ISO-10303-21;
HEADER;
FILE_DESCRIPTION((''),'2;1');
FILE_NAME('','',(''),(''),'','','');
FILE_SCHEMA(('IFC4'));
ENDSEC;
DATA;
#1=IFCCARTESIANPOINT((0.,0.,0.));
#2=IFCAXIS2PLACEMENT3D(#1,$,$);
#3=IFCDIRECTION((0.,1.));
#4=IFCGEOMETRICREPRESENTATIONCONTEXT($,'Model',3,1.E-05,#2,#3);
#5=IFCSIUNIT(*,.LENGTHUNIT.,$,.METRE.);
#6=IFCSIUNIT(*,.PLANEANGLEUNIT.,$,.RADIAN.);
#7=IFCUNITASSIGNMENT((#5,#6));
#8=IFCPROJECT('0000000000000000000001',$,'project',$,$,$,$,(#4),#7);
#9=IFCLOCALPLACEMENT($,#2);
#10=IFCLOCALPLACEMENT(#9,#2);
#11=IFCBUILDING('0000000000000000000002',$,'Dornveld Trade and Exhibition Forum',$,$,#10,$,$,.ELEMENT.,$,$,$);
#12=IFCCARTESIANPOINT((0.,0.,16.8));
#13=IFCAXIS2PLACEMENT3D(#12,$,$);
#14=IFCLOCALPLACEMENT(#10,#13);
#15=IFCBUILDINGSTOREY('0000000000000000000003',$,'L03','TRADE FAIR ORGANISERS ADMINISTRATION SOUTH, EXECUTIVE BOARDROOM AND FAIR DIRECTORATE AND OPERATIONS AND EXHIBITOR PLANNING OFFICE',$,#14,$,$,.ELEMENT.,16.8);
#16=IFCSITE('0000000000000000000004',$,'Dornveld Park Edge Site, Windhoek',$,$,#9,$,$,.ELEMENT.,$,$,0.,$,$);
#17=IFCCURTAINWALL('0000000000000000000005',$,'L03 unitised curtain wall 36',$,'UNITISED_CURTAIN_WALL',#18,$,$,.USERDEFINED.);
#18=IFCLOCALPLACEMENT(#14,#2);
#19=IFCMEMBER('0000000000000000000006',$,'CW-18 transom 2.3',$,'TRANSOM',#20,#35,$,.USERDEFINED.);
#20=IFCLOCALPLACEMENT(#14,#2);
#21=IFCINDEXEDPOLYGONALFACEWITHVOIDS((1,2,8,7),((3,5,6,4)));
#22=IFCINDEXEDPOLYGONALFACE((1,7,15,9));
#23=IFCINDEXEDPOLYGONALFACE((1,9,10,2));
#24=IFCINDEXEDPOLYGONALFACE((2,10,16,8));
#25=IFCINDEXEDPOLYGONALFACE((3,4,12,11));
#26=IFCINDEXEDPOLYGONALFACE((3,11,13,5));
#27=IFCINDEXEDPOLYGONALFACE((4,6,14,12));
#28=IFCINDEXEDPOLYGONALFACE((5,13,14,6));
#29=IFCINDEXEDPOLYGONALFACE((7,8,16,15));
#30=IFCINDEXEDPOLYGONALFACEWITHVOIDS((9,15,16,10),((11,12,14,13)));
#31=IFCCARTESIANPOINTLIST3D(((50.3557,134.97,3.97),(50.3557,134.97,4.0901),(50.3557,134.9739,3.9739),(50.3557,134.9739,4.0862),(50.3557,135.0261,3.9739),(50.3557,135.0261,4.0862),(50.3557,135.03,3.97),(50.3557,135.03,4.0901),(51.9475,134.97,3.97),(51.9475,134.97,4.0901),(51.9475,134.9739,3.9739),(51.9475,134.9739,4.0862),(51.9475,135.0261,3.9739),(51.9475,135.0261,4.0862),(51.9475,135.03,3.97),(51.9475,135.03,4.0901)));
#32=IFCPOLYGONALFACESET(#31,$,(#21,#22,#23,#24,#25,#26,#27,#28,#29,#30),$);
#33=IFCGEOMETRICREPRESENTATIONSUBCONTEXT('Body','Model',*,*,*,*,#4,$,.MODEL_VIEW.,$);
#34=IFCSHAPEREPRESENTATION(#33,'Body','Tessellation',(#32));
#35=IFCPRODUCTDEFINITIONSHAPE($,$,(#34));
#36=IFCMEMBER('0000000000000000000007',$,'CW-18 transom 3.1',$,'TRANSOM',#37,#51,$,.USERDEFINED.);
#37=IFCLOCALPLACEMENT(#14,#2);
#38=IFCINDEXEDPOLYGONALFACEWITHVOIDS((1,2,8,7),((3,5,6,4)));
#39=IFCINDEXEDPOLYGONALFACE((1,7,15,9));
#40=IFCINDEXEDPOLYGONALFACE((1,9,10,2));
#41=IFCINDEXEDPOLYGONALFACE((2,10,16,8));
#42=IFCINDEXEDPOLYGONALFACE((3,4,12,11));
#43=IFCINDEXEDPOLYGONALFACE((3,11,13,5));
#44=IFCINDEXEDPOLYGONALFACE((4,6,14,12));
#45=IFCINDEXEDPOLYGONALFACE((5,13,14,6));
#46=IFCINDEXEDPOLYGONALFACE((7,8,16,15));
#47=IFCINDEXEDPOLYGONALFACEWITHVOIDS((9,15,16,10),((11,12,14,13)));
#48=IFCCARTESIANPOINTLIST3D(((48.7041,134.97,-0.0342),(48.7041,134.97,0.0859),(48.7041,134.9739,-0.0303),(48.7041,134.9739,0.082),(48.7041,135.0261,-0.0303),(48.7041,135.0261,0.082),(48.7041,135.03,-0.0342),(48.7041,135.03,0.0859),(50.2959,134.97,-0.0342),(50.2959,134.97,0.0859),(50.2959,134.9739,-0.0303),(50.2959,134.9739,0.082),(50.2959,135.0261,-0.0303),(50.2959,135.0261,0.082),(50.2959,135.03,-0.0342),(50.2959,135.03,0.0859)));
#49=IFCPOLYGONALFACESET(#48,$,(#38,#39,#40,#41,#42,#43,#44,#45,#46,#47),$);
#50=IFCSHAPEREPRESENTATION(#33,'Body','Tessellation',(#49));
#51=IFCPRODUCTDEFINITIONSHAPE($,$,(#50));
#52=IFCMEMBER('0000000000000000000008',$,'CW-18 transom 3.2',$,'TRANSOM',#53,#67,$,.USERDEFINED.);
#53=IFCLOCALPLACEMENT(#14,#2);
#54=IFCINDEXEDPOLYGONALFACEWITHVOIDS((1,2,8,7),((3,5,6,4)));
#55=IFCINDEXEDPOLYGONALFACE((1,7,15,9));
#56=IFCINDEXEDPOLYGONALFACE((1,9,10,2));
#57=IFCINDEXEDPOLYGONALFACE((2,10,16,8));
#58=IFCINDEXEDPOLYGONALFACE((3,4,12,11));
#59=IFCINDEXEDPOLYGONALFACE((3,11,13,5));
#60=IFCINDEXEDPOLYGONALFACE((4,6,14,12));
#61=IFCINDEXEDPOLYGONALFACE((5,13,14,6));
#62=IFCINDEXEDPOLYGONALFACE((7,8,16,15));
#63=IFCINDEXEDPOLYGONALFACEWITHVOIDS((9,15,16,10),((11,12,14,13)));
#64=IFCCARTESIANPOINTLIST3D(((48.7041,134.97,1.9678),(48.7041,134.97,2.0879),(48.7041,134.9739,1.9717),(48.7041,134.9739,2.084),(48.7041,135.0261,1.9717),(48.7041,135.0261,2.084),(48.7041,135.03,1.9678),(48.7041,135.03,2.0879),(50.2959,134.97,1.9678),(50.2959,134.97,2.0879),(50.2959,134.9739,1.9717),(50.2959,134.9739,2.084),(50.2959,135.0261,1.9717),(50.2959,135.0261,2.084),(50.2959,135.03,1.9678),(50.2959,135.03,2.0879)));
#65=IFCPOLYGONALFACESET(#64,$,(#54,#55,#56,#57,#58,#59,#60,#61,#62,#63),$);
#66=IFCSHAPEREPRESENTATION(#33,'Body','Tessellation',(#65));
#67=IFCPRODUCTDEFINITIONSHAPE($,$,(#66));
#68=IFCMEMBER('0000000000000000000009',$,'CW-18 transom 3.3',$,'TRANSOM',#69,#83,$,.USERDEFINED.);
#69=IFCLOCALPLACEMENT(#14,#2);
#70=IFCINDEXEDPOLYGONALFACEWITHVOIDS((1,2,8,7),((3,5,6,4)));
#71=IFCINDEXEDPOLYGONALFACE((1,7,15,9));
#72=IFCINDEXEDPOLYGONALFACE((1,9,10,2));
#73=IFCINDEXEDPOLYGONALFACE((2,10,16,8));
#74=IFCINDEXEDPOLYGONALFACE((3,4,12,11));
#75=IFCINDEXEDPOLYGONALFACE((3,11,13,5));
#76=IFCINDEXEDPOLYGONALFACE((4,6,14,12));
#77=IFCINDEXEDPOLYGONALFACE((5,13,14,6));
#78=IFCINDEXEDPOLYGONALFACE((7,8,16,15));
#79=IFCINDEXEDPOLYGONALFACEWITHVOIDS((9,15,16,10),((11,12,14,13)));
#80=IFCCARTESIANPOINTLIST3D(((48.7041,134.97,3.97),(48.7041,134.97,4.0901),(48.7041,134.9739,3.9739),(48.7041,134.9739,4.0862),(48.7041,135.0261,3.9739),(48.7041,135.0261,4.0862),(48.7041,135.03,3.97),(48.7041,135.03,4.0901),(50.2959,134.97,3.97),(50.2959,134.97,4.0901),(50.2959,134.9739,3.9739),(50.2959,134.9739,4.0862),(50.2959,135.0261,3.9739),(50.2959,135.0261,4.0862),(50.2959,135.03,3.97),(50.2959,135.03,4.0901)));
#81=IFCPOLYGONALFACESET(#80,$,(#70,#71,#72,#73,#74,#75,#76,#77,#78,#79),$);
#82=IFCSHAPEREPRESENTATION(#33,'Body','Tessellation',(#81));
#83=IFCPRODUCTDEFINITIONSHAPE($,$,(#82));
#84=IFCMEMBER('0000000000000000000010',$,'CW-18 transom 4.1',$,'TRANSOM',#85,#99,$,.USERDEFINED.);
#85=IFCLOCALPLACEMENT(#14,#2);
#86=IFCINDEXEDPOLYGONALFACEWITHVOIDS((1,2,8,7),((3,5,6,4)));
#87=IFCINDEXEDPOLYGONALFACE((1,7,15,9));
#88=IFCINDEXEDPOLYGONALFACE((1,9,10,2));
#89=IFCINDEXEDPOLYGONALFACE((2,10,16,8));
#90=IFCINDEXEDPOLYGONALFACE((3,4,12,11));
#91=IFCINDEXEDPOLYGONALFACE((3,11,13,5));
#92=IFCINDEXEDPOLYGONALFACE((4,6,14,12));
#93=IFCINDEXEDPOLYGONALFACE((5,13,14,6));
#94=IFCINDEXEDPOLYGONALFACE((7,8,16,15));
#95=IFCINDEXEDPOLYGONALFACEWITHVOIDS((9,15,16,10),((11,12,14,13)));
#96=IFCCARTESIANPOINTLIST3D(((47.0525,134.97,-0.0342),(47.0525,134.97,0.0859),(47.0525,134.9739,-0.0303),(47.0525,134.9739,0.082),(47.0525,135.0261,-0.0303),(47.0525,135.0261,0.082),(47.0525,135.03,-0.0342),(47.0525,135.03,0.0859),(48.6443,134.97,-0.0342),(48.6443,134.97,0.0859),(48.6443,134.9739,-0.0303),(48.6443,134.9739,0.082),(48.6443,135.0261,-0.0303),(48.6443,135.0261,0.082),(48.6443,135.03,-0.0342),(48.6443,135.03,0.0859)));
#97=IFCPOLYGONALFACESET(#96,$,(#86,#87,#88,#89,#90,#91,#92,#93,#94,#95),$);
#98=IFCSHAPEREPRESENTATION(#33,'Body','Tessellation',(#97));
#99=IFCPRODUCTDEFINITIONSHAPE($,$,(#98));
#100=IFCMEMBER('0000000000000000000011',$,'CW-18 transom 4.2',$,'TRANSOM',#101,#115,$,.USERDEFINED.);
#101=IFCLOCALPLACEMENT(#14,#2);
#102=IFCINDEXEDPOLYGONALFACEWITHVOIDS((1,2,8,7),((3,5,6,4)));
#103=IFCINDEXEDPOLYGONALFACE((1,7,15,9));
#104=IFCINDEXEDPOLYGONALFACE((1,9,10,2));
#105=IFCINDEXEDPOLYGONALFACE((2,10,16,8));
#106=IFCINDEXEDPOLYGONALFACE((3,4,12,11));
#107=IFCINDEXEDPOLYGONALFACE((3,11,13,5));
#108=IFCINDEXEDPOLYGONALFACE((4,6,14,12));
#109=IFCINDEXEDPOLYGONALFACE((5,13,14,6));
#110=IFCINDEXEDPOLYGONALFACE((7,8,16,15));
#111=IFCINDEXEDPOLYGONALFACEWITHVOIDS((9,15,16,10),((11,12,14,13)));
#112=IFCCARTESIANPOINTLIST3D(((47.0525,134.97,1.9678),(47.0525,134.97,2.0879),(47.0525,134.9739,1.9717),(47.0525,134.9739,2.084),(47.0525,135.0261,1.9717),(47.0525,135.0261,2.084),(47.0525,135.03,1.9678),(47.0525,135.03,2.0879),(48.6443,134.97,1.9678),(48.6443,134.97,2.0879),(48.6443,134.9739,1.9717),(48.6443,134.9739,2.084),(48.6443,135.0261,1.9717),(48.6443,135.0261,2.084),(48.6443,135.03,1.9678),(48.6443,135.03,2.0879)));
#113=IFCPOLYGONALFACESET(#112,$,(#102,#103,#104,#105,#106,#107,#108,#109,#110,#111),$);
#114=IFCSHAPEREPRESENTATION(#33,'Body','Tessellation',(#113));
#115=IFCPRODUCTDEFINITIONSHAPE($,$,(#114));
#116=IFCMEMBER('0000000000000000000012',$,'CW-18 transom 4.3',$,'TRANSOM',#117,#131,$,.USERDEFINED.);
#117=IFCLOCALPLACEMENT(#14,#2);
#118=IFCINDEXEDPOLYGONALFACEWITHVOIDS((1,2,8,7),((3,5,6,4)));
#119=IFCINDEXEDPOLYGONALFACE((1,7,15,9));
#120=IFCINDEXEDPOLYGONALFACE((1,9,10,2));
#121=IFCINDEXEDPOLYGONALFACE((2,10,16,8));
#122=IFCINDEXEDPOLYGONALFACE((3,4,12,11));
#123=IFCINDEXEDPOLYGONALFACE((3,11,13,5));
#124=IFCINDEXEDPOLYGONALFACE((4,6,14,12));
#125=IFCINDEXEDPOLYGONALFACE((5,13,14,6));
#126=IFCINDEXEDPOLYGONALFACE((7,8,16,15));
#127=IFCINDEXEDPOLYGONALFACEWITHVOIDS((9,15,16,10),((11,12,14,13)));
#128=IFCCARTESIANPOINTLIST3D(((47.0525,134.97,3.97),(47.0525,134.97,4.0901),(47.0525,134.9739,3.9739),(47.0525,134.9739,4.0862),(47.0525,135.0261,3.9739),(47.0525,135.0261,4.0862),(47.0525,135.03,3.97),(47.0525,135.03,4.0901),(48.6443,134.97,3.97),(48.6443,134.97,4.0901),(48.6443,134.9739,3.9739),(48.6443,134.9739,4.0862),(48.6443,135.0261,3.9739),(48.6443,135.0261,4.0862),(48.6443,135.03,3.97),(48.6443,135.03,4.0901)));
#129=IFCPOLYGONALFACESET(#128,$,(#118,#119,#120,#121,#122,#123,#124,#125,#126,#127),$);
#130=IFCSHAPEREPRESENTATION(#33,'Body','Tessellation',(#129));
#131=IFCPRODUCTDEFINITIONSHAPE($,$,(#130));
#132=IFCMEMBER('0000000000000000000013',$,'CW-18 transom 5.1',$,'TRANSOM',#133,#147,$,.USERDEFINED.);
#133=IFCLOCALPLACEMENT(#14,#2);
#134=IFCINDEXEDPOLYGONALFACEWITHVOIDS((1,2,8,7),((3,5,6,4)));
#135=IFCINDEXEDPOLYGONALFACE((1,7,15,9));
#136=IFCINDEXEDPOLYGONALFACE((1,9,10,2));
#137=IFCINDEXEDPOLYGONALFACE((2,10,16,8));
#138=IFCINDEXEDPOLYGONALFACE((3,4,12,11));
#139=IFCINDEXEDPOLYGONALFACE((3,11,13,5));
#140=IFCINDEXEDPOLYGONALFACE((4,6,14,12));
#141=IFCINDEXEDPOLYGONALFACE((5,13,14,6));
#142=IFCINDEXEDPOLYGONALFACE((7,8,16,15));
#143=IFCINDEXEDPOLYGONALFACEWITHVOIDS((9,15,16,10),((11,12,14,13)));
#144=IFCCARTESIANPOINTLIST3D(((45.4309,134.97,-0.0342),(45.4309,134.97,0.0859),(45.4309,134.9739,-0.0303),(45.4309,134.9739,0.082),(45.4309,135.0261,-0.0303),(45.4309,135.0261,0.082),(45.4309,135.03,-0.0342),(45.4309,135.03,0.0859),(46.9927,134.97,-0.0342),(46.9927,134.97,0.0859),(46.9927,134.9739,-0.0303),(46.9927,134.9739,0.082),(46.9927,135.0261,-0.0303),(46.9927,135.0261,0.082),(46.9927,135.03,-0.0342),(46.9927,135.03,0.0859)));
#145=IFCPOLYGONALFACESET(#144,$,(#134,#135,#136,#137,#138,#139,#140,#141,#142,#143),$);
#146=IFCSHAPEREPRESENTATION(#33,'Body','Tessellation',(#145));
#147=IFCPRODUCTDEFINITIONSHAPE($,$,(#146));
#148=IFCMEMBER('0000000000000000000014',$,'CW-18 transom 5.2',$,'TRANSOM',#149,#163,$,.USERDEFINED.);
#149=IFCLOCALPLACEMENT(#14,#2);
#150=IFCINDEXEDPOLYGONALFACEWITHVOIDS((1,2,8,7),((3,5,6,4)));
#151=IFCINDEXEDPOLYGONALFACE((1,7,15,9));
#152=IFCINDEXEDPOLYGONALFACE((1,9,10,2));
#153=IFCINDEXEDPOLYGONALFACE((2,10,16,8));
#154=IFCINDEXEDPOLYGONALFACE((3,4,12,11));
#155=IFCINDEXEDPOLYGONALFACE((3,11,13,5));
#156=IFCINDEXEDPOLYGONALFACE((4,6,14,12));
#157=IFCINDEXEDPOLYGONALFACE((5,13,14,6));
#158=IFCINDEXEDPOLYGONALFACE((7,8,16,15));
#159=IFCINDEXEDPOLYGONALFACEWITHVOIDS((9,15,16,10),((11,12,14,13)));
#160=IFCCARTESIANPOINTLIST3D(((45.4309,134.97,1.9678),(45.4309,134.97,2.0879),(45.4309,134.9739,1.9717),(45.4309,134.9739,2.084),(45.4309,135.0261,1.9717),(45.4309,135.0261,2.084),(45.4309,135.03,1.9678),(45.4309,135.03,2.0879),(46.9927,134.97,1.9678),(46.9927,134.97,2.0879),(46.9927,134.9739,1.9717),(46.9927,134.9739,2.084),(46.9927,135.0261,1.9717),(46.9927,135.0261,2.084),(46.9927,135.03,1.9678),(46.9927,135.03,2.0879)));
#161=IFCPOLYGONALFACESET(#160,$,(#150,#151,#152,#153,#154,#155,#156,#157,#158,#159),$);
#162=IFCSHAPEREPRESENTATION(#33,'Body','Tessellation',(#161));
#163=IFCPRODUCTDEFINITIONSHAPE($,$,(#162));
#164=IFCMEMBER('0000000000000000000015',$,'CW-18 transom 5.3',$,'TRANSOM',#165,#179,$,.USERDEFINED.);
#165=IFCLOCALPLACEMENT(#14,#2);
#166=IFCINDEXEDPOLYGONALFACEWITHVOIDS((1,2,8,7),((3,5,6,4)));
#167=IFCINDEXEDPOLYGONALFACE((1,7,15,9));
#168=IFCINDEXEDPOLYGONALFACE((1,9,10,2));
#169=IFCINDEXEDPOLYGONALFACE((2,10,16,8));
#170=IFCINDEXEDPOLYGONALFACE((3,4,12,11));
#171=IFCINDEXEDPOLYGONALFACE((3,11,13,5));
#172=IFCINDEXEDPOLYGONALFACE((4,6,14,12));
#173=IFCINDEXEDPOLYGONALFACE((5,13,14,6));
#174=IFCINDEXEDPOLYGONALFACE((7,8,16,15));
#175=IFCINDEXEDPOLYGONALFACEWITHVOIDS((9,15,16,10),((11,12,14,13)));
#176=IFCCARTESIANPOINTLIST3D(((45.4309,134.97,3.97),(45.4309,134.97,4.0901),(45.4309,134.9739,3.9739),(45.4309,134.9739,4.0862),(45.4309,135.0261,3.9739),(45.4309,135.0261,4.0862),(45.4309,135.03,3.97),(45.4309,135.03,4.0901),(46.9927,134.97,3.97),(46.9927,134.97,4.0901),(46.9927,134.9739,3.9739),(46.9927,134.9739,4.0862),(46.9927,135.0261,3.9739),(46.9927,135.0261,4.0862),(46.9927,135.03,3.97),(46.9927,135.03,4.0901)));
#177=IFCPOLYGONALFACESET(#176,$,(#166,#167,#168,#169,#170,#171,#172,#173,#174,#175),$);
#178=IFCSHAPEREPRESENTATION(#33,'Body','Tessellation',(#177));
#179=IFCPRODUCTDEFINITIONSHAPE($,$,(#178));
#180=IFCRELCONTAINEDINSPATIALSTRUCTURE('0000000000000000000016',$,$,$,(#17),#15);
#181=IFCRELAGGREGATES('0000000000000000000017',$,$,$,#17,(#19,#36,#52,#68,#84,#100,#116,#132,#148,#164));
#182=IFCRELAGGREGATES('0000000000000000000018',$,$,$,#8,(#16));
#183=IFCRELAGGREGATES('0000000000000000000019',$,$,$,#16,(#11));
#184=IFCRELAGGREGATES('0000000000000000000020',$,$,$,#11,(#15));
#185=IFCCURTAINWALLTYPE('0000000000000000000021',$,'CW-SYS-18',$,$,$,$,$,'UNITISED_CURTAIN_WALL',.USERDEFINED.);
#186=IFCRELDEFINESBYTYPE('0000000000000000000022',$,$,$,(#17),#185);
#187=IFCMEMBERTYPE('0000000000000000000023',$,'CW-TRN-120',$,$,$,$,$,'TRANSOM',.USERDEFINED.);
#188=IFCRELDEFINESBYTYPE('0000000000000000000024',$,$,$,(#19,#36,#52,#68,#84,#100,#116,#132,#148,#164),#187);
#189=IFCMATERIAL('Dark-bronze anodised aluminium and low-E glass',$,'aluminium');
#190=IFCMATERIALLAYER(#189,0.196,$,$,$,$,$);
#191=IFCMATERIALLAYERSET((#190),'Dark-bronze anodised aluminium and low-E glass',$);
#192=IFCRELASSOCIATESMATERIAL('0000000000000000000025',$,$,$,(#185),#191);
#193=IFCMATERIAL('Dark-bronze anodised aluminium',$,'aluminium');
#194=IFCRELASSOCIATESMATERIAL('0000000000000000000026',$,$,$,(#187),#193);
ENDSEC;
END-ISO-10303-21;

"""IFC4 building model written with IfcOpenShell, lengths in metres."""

from ifc_helpers import new_model, si_unit, direction, frame, origin, origin_2d, place, context, subcontext, project, spatial, hollow_rectangle, extrude, material, layer, layer_set, material_profile, profile_set, type_object, element, aggregate, save


model = new_model("IFC4")

# Units and contexts
model_context = context("Model", 3, precision=1e-05, world=origin(), true_north=direction((0.0, 1.0)))
body_context = subcontext(model_context, "Body", "Model", "MODEL_VIEW")
ifc_project = project(units=[si_unit("LENGTHUNIT", "METRE"), si_unit("PLANEANGLEUNIT", "RADIAN")], contexts=[model_context])

# Site, building, storey
site_placement = place(None, origin())
site = spatial("IfcSite", under=ifc_project, at=site_placement, Name="Dornveld Park Edge Site, Windhoek", CompositionType="ELEMENT", RefElevation=0.0)
building_placement = place(site_placement, origin())
building = spatial("IfcBuilding", under=site, at=building_placement, Name="Dornveld Trade and Exhibition Forum", CompositionType="ELEMENT")
storey_placement = place(building_placement, frame((0.0, 0.0, 16.8)))
storey = spatial("IfcBuildingStorey", under=building, at=storey_placement, Name="L03", Description="TRADE FAIR ORGANISERS ADMINISTRATION SOUTH, EXECUTIVE BOARDROOM AND FAIR DIRECTORATE AND OPERATIONS AND EXHIBITOR PLANNING OFFICE", CompositionType="ELEMENT", Elevation=16.8)

# Curtain wall
ifc_material_1 = material(Name="Dark-bronze anodised aluminium and low-E glass", Category="aluminium")
ifc_layer_1 = layer(ifc_material_1, 0.196)
ifc_layer_set_1 = layer_set([ifc_layer_1], Name="Dark-bronze anodised aluminium and low-E glass")
curtain_wall_type_1 = type_object("IfcCurtainWallType", Name="CW-SYS-18", ElementType="UNITISED_CURTAIN_WALL", PredefinedType="USERDEFINED", material=ifc_layer_set_1)
curtain_wall_1_placement = place(storey_placement, origin())
curtain_wall_1 = element("IfcCurtainWall", 1, at=curtain_wall_1_placement, inside=storey, type_object=curtain_wall_type_1, Name="L03 unitised curtain wall 36", ObjectType="UNITISED_CURTAIN_WALL", PredefinedType="USERDEFINED")

# Members
ifc_material_2 = material(Name="Dark-bronze anodised aluminium", Category="aluminium")
ifc_material_profile_1 = material_profile(ifc_material_2, hollow_rectangle(XDim=0.0601, YDim=0.1201, WallThickness=0.0039, at=origin_2d()), Name="RHS 120x60x4")
ifc_profile_set_1 = profile_set([ifc_material_profile_1], Name="Dark-bronze anodised aluminium")
member_type_1 = type_object("IfcMemberType", Name="CW-TRN-120", ElementType="TRANSOM", PredefinedType="USERDEFINED", material=ifc_profile_set_1)
member_1_placement = place(storey_placement, frame((51.9475, 135.0, 4.03), z_axis=(-1.0, 0.0, 0.0), x_axis=(0.0, -1.0, 0.0)))
member_1 = element("IfcMember", 2, at=member_1_placement, type_object=member_type_1, Name="CW-18 transom 2.3", ObjectType="TRANSOM", PredefinedType="USERDEFINED", context=body_context, shape_type="SweptSolid", body=[
    extrude(hollow_rectangle(XDim=0.0601, YDim=0.1201, WallThickness=0.0039, at=origin_2d()), origin(), (0.0, 0.0, 1.0), 1.5918),
])
member_2_placement = place(storey_placement, frame((50.2959, 135.0, 0.0259), z_axis=(-1.0, 0.0, 0.0), x_axis=(0.0, -1.0, 0.0)))
member_2 = element("IfcMember", 3, at=member_2_placement, type_object=member_type_1, Name="CW-18 transom 3.1", ObjectType="TRANSOM", PredefinedType="USERDEFINED", context=body_context, shape_type="SweptSolid", body=[
    extrude(hollow_rectangle(XDim=0.0601, YDim=0.1201, WallThickness=0.0039, at=origin_2d()), origin(), (0.0, 0.0, 1.0), 1.5918),
])
member_3_placement = place(storey_placement, frame((50.2959, 135.0, 2.0278), z_axis=(-1.0, 0.0, 0.0), x_axis=(0.0, -1.0, 0.0)))
member_3 = element("IfcMember", 4, at=member_3_placement, type_object=member_type_1, Name="CW-18 transom 3.2", ObjectType="TRANSOM", PredefinedType="USERDEFINED", context=body_context, shape_type="SweptSolid", body=[
    extrude(hollow_rectangle(XDim=0.0601, YDim=0.1201, WallThickness=0.0039, at=origin_2d()), origin(), (0.0, 0.0, 1.0), 1.5918),
])
member_4_placement = place(storey_placement, frame((50.2959, 135.0, 4.03), z_axis=(-1.0, 0.0, 0.0), x_axis=(0.0, -1.0, 0.0)))
member_4 = element("IfcMember", 5, at=member_4_placement, type_object=member_type_1, Name="CW-18 transom 3.3", ObjectType="TRANSOM", PredefinedType="USERDEFINED", context=body_context, shape_type="SweptSolid", body=[
    extrude(hollow_rectangle(XDim=0.0601, YDim=0.1201, WallThickness=0.0039, at=origin_2d()), origin(), (0.0, 0.0, 1.0), 1.5918),
])
member_5_placement = place(storey_placement, frame((48.6443, 135.0, 0.0259), z_axis=(-1.0, 0.0, 0.0), x_axis=(0.0, -1.0, 0.0)))
member_5 = element("IfcMember", 6, at=member_5_placement, type_object=member_type_1, Name="CW-18 transom 4.1", ObjectType="TRANSOM", PredefinedType="USERDEFINED", context=body_context, shape_type="SweptSolid", body=[
    extrude(hollow_rectangle(XDim=0.0601, YDim=0.1201, WallThickness=0.0039, at=origin_2d()), origin(), (0.0, 0.0, 1.0), 1.5918),
])
member_6_placement = place(storey_placement, frame((48.6443, 135.0, 2.0278), z_axis=(-1.0, 0.0, 0.0), x_axis=(0.0, -1.0, 0.0)))
member_6 = element("IfcMember", 7, at=member_6_placement, type_object=member_type_1, Name="CW-18 transom 4.2", ObjectType="TRANSOM", PredefinedType="USERDEFINED", context=body_context, shape_type="SweptSolid", body=[
    extrude(hollow_rectangle(XDim=0.0601, YDim=0.1201, WallThickness=0.0039, at=origin_2d()), origin(), (0.0, 0.0, 1.0), 1.5918),
])
member_7_placement = place(storey_placement, frame((48.6443, 135.0, 4.03), z_axis=(-1.0, 0.0, 0.0), x_axis=(0.0, -1.0, 0.0)))
member_7 = element("IfcMember", 8, at=member_7_placement, type_object=member_type_1, Name="CW-18 transom 4.3", ObjectType="TRANSOM", PredefinedType="USERDEFINED", context=body_context, shape_type="SweptSolid", body=[
    extrude(hollow_rectangle(XDim=0.0601, YDim=0.1201, WallThickness=0.0039, at=origin_2d()), origin(), (0.0, 0.0, 1.0), 1.5918),
])
member_8_placement = place(storey_placement, frame((46.9927, 135.0, 0.0259), z_axis=(-1.0, 0.0, 0.0), x_axis=(0.0, -1.0, 0.0)))
member_8 = element("IfcMember", 9, at=member_8_placement, type_object=member_type_1, Name="CW-18 transom 5.1", ObjectType="TRANSOM", PredefinedType="USERDEFINED", context=body_context, shape_type="SweptSolid", body=[
    extrude(hollow_rectangle(XDim=0.0601, YDim=0.1201, WallThickness=0.0039, at=origin_2d()), origin(), (0.0, 0.0, 1.0), 1.5618),
])
member_9_placement = place(storey_placement, frame((46.9927, 135.0, 2.0278), z_axis=(-1.0, 0.0, 0.0), x_axis=(0.0, -1.0, 0.0)))
member_9 = element("IfcMember", 10, at=member_9_placement, type_object=member_type_1, Name="CW-18 transom 5.2", ObjectType="TRANSOM", PredefinedType="USERDEFINED", context=body_context, shape_type="SweptSolid", body=[
    extrude(hollow_rectangle(XDim=0.0601, YDim=0.1201, WallThickness=0.0039, at=origin_2d()), origin(), (0.0, 0.0, 1.0), 1.5618),
])
member_10_placement = place(storey_placement, frame((46.9927, 135.0, 4.03), z_axis=(-1.0, 0.0, 0.0), x_axis=(0.0, -1.0, 0.0)))
member_10 = element("IfcMember", 11, at=member_10_placement, type_object=member_type_1, Name="CW-18 transom 5.3", ObjectType="TRANSOM", PredefinedType="USERDEFINED", context=body_context, shape_type="SweptSolid", body=[
    extrude(hollow_rectangle(XDim=0.0601, YDim=0.1201, WallThickness=0.0039, at=origin_2d()), origin(), (0.0, 0.0, 1.0), 1.5618),
])

aggregate(curtain_wall_1, [member_1, member_2, member_3, member_4, member_5, member_6, member_7, member_8, member_9, member_10])

save(model, "model.ifc")
